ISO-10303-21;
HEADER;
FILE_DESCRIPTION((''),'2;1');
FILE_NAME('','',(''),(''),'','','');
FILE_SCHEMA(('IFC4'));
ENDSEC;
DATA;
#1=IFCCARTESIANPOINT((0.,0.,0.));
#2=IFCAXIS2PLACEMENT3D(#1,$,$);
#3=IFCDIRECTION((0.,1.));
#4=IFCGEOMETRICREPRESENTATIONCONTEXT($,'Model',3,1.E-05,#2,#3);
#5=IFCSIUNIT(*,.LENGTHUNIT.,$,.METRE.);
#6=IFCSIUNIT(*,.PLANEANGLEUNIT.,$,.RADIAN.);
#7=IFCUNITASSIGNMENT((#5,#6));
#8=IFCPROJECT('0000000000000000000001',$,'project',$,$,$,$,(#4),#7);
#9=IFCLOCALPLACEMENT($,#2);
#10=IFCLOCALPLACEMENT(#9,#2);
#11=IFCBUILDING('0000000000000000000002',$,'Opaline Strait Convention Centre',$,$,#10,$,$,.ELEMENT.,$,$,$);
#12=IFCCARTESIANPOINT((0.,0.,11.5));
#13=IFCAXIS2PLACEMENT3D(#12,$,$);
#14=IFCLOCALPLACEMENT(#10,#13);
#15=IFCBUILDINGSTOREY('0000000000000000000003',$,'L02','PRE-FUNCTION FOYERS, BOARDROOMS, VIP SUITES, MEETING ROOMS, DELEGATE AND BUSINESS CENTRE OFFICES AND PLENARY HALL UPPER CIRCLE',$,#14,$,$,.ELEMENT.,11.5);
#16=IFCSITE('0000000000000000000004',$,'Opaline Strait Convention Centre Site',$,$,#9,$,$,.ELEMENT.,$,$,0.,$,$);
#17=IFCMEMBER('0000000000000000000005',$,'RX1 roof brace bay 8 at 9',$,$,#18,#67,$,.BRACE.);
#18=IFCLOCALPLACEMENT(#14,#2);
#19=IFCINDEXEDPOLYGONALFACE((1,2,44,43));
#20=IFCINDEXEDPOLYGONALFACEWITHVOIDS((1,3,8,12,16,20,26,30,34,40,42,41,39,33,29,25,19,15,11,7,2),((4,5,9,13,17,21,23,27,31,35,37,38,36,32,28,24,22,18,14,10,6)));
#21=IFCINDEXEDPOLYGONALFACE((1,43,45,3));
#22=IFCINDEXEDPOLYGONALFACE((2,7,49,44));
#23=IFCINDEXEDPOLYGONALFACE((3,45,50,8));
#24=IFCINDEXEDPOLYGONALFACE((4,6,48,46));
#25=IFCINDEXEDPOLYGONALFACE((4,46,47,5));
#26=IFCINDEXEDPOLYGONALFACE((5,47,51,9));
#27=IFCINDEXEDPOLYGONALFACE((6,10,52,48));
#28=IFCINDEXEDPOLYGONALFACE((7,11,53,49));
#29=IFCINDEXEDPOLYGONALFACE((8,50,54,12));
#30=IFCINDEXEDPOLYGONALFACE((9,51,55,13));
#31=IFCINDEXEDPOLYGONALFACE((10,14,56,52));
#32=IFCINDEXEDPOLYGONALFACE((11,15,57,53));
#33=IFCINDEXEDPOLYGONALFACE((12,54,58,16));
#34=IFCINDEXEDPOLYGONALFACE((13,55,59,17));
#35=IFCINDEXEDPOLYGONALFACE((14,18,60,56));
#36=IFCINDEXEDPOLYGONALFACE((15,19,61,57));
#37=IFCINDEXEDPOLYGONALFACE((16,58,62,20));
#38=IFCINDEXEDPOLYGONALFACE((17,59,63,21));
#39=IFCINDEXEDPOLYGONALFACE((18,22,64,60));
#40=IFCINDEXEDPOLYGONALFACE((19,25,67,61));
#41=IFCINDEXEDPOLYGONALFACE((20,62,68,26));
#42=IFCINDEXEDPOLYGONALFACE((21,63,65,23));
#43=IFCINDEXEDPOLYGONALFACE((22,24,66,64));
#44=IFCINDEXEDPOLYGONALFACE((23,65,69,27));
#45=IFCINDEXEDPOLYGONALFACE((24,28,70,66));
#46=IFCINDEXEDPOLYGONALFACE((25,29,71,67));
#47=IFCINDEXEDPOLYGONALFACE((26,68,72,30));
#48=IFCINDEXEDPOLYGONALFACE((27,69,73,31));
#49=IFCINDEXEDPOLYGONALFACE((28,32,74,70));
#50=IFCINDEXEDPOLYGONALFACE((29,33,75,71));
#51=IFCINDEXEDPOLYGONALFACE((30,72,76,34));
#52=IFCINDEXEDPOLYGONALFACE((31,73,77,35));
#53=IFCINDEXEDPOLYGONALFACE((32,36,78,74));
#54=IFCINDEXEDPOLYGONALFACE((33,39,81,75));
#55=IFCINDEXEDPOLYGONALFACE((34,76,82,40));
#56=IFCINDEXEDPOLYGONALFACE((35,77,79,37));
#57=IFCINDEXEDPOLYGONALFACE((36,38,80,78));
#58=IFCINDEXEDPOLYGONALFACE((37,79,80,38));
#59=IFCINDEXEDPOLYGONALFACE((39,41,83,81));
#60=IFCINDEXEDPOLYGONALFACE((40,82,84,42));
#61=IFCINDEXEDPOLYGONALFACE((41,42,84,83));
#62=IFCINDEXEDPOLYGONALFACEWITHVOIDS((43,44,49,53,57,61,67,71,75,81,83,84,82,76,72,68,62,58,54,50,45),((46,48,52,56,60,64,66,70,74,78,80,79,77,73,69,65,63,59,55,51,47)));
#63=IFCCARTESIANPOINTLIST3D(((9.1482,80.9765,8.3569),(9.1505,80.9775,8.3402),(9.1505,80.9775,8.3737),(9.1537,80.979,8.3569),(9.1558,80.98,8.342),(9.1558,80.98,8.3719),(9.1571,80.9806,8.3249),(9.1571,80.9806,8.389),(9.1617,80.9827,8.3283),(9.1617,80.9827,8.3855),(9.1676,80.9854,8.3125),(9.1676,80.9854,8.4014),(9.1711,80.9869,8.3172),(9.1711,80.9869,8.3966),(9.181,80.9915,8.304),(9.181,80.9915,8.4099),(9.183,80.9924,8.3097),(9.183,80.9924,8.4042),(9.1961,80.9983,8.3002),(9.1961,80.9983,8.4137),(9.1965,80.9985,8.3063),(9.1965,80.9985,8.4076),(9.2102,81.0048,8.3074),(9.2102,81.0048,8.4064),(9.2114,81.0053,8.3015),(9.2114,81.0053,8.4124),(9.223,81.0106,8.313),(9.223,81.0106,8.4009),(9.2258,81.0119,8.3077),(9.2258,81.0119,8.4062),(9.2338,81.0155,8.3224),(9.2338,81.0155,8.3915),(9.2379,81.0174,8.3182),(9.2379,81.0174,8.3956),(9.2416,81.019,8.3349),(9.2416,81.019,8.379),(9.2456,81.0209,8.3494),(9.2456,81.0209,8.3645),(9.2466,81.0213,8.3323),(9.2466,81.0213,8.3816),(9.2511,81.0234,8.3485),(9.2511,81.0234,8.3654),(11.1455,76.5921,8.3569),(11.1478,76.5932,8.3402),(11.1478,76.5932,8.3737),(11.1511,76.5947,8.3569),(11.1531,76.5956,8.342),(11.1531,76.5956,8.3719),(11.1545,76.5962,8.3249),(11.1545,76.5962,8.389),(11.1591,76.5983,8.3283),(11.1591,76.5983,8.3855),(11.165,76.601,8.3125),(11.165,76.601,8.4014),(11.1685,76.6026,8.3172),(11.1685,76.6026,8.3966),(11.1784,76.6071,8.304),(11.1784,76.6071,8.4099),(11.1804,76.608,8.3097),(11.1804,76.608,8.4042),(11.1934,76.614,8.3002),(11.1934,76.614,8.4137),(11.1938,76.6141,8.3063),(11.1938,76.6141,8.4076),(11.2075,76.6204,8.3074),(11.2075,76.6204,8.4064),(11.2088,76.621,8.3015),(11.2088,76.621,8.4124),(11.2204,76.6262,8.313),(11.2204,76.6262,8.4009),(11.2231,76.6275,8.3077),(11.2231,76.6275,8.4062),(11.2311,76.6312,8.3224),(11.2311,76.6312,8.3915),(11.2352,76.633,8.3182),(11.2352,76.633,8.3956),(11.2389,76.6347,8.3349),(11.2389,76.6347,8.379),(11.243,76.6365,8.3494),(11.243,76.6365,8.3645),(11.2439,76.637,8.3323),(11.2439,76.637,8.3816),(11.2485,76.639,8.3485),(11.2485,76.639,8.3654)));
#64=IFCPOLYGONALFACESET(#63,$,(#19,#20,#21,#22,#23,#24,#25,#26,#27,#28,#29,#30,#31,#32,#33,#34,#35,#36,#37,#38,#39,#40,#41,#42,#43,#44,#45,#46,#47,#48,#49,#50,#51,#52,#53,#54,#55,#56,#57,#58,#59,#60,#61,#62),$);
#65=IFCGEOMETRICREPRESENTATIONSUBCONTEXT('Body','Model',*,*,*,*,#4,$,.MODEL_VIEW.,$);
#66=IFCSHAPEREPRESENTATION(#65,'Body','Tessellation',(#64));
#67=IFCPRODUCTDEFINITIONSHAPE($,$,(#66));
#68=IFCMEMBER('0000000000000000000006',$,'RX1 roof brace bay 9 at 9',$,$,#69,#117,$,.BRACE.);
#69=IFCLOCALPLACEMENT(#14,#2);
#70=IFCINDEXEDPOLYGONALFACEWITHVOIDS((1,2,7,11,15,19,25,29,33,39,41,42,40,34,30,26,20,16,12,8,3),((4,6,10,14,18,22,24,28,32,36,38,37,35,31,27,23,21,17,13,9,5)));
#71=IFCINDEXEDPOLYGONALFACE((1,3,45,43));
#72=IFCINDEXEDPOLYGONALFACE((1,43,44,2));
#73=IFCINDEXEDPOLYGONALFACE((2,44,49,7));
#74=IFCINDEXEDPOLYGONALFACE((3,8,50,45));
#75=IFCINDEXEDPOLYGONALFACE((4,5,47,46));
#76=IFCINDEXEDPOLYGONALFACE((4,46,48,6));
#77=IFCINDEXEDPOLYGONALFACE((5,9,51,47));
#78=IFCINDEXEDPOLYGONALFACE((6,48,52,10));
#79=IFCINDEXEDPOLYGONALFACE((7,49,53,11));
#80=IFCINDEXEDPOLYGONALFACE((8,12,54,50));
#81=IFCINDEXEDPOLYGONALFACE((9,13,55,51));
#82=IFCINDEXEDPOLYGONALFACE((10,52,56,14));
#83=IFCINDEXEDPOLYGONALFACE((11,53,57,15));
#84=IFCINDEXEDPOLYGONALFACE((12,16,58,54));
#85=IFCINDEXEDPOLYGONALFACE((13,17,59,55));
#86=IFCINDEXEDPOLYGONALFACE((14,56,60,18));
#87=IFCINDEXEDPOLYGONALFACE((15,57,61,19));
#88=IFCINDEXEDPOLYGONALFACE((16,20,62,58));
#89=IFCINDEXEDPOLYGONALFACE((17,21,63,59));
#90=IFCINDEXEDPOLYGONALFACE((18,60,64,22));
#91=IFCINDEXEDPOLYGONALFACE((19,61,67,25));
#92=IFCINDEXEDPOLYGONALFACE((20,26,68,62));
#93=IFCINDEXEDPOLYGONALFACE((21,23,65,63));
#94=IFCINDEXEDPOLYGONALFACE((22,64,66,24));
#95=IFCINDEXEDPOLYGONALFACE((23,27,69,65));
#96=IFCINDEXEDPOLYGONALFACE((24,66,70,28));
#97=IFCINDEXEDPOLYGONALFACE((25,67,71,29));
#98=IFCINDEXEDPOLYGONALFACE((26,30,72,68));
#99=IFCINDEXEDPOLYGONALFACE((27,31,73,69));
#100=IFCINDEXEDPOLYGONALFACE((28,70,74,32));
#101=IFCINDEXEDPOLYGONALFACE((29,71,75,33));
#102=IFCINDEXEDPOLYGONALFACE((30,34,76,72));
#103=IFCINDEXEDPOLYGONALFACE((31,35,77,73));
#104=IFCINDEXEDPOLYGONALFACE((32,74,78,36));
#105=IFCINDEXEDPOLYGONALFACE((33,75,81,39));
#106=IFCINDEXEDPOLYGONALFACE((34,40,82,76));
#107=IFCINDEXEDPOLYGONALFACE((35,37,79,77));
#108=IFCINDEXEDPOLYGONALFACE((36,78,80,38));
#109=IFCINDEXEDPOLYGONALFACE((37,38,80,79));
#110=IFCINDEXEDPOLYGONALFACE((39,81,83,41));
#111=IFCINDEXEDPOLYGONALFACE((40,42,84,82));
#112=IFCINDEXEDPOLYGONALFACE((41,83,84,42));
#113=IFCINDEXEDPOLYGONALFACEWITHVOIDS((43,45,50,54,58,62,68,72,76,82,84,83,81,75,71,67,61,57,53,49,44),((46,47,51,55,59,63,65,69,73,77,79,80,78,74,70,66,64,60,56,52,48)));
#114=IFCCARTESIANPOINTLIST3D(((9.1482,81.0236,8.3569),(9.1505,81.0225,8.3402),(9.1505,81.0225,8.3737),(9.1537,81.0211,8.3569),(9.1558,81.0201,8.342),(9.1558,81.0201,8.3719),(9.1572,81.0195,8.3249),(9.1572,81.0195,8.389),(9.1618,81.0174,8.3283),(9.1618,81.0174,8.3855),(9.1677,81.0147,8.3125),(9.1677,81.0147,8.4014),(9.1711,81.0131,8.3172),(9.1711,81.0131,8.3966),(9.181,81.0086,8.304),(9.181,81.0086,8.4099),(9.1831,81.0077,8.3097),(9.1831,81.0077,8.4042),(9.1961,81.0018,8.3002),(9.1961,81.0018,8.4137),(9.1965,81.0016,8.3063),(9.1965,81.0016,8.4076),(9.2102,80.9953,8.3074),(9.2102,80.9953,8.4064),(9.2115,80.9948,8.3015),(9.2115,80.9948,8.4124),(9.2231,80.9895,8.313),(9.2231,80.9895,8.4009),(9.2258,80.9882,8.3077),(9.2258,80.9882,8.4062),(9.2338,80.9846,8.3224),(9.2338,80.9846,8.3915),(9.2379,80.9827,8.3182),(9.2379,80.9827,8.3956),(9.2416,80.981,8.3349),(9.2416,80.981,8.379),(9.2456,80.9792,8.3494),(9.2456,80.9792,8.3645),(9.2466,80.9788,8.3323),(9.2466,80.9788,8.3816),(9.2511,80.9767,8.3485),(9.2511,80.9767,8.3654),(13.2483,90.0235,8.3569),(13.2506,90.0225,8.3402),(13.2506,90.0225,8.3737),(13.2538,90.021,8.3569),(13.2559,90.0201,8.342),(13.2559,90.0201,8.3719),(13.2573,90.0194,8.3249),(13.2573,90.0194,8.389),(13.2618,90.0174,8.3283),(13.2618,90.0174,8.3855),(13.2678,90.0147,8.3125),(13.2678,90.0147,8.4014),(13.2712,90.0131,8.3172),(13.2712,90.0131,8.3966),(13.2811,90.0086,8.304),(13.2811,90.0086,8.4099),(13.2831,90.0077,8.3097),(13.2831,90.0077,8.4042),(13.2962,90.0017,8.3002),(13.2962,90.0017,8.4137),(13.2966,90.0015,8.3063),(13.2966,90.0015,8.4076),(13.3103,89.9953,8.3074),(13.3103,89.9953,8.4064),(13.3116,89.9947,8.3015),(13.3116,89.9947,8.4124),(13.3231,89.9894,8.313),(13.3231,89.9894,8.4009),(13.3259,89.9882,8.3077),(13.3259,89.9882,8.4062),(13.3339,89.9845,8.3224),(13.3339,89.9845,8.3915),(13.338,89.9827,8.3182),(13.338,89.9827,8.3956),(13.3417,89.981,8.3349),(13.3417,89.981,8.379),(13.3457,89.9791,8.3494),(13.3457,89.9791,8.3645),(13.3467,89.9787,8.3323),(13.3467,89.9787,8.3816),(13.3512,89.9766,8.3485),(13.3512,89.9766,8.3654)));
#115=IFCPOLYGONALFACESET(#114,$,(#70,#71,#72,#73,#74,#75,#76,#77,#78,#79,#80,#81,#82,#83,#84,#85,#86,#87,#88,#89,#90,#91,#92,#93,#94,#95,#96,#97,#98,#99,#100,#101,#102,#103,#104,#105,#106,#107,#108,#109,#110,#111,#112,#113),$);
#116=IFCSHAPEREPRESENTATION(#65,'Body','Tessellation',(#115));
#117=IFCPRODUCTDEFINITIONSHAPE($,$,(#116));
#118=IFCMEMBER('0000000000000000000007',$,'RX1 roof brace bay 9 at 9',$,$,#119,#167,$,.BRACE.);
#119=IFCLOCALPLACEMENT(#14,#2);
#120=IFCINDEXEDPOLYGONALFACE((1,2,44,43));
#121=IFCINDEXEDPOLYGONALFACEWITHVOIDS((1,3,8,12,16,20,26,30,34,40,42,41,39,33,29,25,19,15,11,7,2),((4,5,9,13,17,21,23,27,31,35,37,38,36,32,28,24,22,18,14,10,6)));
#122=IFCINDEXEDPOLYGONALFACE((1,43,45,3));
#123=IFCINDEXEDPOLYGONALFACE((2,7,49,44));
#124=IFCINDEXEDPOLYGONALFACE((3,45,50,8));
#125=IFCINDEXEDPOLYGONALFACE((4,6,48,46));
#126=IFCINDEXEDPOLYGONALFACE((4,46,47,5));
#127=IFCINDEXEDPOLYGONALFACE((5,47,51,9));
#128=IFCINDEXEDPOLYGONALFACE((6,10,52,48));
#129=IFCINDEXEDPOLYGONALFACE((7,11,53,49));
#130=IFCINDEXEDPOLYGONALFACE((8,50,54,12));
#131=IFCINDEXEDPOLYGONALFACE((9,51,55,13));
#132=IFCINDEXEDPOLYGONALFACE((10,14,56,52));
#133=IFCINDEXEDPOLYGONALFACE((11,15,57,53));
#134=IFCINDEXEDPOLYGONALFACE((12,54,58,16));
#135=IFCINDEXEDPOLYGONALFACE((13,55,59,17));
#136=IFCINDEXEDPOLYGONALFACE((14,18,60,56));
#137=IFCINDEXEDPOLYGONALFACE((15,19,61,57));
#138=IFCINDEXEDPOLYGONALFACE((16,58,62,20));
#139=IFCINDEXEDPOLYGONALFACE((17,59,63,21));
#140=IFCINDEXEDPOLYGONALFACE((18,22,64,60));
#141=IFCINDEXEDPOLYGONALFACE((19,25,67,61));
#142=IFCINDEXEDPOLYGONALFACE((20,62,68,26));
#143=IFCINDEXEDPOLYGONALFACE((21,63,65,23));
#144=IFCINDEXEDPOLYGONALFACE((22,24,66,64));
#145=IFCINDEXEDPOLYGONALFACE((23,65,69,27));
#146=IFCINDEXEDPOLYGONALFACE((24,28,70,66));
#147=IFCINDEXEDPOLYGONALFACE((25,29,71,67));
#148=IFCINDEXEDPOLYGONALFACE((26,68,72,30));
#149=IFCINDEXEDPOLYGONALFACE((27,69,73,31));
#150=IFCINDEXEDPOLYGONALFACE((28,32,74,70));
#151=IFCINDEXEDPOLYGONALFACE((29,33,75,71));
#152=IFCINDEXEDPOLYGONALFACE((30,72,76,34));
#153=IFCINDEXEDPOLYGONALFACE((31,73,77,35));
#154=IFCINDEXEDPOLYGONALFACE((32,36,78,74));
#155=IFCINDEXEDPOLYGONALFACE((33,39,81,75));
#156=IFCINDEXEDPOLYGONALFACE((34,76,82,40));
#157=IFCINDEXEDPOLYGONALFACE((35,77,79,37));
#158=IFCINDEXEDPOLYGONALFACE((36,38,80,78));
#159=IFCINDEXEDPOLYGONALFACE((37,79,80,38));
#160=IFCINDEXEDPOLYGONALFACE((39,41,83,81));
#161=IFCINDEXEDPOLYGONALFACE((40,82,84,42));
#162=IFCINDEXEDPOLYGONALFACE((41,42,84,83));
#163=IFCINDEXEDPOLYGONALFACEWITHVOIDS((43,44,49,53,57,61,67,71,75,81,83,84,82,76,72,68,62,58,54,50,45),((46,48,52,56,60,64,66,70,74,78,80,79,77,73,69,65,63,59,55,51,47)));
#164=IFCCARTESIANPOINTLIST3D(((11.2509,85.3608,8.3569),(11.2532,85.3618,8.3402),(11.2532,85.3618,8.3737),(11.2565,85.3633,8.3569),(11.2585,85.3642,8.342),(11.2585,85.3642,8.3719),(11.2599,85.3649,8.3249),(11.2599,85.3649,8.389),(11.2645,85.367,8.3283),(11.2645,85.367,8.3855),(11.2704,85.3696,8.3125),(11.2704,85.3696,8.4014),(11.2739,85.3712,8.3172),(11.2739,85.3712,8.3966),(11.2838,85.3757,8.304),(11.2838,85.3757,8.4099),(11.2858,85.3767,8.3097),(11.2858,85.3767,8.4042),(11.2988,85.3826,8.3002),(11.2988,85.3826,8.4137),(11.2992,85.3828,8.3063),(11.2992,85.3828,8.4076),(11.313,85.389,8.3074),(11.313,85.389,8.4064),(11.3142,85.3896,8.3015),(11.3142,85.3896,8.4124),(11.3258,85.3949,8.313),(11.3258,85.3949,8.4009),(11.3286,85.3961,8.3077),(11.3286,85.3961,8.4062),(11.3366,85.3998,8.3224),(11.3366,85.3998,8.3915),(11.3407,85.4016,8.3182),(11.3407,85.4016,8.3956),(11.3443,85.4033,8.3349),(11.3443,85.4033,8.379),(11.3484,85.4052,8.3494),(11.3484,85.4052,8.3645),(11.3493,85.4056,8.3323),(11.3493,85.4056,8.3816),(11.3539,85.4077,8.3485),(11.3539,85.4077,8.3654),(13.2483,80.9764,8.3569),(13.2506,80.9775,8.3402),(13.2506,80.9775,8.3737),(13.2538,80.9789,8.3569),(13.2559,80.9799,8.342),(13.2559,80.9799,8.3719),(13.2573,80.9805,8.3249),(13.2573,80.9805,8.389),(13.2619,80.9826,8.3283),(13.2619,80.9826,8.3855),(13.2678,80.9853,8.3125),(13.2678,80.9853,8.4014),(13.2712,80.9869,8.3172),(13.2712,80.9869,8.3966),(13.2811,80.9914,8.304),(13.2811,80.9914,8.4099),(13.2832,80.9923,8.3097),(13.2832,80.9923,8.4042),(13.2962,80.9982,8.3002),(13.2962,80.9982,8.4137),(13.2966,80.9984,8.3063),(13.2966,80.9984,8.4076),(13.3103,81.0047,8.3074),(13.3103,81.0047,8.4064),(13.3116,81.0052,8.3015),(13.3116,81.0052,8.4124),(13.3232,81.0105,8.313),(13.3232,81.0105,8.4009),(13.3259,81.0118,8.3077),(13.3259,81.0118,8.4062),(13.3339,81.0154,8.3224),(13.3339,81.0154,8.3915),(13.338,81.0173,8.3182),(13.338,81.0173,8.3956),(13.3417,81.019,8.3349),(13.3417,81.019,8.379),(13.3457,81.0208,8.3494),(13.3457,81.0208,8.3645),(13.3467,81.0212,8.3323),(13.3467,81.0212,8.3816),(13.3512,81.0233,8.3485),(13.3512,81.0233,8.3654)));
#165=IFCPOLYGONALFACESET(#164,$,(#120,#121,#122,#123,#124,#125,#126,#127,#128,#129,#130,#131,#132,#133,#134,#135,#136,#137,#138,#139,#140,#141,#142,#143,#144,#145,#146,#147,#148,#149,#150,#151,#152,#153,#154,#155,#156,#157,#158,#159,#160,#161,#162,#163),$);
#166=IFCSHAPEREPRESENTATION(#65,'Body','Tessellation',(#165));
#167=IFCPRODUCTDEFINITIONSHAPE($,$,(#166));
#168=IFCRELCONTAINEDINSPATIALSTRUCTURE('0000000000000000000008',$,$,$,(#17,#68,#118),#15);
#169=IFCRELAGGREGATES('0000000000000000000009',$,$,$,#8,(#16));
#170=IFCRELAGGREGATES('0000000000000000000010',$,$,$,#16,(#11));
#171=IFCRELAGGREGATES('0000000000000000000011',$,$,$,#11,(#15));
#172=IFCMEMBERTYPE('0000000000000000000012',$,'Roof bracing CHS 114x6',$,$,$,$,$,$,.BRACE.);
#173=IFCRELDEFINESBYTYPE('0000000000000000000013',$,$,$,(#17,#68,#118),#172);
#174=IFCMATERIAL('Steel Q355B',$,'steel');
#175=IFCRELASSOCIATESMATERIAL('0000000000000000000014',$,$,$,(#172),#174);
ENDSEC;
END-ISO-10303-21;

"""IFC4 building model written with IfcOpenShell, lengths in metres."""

from ifc_helpers import new_model, si_unit, direction, frame, origin, origin_2d, place, context, subcontext, project, spatial, hollow_circle, extrude, material, material_profile, profile_set, type_object, element, save


model = new_model("IFC4")

# Units and contexts
model_context = context("Model", 3, precision=1e-05, world=origin(), true_north=direction((0.0, 1.0)))
body_context = subcontext(model_context, "Body", "Model", "MODEL_VIEW")
ifc_project = project(units=[si_unit("LENGTHUNIT", "METRE"), si_unit("PLANEANGLEUNIT", "RADIAN")], contexts=[model_context])

# Site, building, storey
site_placement = place(None, origin())
site = spatial("IfcSite", under=ifc_project, at=site_placement, Name="Opaline Strait Convention Centre Site", CompositionType="ELEMENT", RefElevation=0.0)
building_placement = place(site_placement, origin())
building = spatial("IfcBuilding", under=site, at=building_placement, Name="Opaline Strait Convention Centre", CompositionType="ELEMENT")
storey_placement = place(building_placement, frame((0.0, 0.0, 11.5)))
storey = spatial("IfcBuildingStorey", under=building, at=storey_placement, Name="L02", Description="PRE-FUNCTION FOYERS, BOARDROOMS, VIP SUITES, MEETING ROOMS, DELEGATE AND BUSINESS CENTRE OFFICES AND PLENARY HALL UPPER CIRCLE", CompositionType="ELEMENT", Elevation=11.5)

# Shared definitions
ifc_material_1 = material(Name="Steel Q355B", Category="steel")

# Members
ifc_material_profile_1 = material_profile(ifc_material_1, hollow_circle(Radius=0.0569, WallThickness=0.0061, at=origin_2d()), Name="CHS 114x6")
ifc_profile_set_1 = profile_set([ifc_material_profile_1], Name="Steel Q355B")
member_type_1 = type_object("IfcMemberType", Name="Roof bracing CHS 114x6", PredefinedType="BRACE", material=ifc_profile_set_1)
member_1_placement = place(storey_placement, frame((11.1973, 76.6157, 8.3569), z_axis=(-0.41457, 0.910017, 0.0), x_axis=(-0.910017, -0.41457, 0.0)))
element("IfcMember", 1, at=member_1_placement, inside=storey, type_object=member_type_1, Name="RX1 roof brace bay 8 at 9", PredefinedType="BRACE", context=body_context, shape_type="SweptSolid", body=[
    extrude(hollow_circle(Radius=0.0569, WallThickness=0.0061, at=origin_2d()), origin(), (0.0, 0.0, 1.0), 4.8179),
])
member_2_placement = place(storey_placement, frame((9.2, 81.0, 8.3569), z_axis=(0.414573, 0.910016, 0.0), x_axis=(-0.910016, 0.414573, 0.0)))
element("IfcMember", 2, at=member_2_placement, inside=storey, type_object=member_type_1, Name="RX1 roof brace bay 9 at 9", PredefinedType="BRACE", context=body_context, shape_type="SweptSolid", body=[
    extrude(hollow_circle(Radius=0.0569, WallThickness=0.0061, at=origin_2d()), origin(), (0.0, 0.0, 1.0), 9.8899),
])
member_3_placement = place(storey_placement, frame((13.3, 81.0, 8.3569), z_axis=(-0.41457, 0.910017, 0.0), x_axis=(-0.910017, -0.41457, 0.0)))
element("IfcMember", 3, at=member_3_placement, inside=storey, type_object=member_type_1, Name="RX1 roof brace bay 9 at 9", PredefinedType="BRACE", context=body_context, shape_type="SweptSolid", body=[
    extrude(hollow_circle(Radius=0.0569, WallThickness=0.0061, at=origin_2d()), origin(), (0.0, 0.0, 1.0), 4.8179),
])

save(model, "model.ifc")
